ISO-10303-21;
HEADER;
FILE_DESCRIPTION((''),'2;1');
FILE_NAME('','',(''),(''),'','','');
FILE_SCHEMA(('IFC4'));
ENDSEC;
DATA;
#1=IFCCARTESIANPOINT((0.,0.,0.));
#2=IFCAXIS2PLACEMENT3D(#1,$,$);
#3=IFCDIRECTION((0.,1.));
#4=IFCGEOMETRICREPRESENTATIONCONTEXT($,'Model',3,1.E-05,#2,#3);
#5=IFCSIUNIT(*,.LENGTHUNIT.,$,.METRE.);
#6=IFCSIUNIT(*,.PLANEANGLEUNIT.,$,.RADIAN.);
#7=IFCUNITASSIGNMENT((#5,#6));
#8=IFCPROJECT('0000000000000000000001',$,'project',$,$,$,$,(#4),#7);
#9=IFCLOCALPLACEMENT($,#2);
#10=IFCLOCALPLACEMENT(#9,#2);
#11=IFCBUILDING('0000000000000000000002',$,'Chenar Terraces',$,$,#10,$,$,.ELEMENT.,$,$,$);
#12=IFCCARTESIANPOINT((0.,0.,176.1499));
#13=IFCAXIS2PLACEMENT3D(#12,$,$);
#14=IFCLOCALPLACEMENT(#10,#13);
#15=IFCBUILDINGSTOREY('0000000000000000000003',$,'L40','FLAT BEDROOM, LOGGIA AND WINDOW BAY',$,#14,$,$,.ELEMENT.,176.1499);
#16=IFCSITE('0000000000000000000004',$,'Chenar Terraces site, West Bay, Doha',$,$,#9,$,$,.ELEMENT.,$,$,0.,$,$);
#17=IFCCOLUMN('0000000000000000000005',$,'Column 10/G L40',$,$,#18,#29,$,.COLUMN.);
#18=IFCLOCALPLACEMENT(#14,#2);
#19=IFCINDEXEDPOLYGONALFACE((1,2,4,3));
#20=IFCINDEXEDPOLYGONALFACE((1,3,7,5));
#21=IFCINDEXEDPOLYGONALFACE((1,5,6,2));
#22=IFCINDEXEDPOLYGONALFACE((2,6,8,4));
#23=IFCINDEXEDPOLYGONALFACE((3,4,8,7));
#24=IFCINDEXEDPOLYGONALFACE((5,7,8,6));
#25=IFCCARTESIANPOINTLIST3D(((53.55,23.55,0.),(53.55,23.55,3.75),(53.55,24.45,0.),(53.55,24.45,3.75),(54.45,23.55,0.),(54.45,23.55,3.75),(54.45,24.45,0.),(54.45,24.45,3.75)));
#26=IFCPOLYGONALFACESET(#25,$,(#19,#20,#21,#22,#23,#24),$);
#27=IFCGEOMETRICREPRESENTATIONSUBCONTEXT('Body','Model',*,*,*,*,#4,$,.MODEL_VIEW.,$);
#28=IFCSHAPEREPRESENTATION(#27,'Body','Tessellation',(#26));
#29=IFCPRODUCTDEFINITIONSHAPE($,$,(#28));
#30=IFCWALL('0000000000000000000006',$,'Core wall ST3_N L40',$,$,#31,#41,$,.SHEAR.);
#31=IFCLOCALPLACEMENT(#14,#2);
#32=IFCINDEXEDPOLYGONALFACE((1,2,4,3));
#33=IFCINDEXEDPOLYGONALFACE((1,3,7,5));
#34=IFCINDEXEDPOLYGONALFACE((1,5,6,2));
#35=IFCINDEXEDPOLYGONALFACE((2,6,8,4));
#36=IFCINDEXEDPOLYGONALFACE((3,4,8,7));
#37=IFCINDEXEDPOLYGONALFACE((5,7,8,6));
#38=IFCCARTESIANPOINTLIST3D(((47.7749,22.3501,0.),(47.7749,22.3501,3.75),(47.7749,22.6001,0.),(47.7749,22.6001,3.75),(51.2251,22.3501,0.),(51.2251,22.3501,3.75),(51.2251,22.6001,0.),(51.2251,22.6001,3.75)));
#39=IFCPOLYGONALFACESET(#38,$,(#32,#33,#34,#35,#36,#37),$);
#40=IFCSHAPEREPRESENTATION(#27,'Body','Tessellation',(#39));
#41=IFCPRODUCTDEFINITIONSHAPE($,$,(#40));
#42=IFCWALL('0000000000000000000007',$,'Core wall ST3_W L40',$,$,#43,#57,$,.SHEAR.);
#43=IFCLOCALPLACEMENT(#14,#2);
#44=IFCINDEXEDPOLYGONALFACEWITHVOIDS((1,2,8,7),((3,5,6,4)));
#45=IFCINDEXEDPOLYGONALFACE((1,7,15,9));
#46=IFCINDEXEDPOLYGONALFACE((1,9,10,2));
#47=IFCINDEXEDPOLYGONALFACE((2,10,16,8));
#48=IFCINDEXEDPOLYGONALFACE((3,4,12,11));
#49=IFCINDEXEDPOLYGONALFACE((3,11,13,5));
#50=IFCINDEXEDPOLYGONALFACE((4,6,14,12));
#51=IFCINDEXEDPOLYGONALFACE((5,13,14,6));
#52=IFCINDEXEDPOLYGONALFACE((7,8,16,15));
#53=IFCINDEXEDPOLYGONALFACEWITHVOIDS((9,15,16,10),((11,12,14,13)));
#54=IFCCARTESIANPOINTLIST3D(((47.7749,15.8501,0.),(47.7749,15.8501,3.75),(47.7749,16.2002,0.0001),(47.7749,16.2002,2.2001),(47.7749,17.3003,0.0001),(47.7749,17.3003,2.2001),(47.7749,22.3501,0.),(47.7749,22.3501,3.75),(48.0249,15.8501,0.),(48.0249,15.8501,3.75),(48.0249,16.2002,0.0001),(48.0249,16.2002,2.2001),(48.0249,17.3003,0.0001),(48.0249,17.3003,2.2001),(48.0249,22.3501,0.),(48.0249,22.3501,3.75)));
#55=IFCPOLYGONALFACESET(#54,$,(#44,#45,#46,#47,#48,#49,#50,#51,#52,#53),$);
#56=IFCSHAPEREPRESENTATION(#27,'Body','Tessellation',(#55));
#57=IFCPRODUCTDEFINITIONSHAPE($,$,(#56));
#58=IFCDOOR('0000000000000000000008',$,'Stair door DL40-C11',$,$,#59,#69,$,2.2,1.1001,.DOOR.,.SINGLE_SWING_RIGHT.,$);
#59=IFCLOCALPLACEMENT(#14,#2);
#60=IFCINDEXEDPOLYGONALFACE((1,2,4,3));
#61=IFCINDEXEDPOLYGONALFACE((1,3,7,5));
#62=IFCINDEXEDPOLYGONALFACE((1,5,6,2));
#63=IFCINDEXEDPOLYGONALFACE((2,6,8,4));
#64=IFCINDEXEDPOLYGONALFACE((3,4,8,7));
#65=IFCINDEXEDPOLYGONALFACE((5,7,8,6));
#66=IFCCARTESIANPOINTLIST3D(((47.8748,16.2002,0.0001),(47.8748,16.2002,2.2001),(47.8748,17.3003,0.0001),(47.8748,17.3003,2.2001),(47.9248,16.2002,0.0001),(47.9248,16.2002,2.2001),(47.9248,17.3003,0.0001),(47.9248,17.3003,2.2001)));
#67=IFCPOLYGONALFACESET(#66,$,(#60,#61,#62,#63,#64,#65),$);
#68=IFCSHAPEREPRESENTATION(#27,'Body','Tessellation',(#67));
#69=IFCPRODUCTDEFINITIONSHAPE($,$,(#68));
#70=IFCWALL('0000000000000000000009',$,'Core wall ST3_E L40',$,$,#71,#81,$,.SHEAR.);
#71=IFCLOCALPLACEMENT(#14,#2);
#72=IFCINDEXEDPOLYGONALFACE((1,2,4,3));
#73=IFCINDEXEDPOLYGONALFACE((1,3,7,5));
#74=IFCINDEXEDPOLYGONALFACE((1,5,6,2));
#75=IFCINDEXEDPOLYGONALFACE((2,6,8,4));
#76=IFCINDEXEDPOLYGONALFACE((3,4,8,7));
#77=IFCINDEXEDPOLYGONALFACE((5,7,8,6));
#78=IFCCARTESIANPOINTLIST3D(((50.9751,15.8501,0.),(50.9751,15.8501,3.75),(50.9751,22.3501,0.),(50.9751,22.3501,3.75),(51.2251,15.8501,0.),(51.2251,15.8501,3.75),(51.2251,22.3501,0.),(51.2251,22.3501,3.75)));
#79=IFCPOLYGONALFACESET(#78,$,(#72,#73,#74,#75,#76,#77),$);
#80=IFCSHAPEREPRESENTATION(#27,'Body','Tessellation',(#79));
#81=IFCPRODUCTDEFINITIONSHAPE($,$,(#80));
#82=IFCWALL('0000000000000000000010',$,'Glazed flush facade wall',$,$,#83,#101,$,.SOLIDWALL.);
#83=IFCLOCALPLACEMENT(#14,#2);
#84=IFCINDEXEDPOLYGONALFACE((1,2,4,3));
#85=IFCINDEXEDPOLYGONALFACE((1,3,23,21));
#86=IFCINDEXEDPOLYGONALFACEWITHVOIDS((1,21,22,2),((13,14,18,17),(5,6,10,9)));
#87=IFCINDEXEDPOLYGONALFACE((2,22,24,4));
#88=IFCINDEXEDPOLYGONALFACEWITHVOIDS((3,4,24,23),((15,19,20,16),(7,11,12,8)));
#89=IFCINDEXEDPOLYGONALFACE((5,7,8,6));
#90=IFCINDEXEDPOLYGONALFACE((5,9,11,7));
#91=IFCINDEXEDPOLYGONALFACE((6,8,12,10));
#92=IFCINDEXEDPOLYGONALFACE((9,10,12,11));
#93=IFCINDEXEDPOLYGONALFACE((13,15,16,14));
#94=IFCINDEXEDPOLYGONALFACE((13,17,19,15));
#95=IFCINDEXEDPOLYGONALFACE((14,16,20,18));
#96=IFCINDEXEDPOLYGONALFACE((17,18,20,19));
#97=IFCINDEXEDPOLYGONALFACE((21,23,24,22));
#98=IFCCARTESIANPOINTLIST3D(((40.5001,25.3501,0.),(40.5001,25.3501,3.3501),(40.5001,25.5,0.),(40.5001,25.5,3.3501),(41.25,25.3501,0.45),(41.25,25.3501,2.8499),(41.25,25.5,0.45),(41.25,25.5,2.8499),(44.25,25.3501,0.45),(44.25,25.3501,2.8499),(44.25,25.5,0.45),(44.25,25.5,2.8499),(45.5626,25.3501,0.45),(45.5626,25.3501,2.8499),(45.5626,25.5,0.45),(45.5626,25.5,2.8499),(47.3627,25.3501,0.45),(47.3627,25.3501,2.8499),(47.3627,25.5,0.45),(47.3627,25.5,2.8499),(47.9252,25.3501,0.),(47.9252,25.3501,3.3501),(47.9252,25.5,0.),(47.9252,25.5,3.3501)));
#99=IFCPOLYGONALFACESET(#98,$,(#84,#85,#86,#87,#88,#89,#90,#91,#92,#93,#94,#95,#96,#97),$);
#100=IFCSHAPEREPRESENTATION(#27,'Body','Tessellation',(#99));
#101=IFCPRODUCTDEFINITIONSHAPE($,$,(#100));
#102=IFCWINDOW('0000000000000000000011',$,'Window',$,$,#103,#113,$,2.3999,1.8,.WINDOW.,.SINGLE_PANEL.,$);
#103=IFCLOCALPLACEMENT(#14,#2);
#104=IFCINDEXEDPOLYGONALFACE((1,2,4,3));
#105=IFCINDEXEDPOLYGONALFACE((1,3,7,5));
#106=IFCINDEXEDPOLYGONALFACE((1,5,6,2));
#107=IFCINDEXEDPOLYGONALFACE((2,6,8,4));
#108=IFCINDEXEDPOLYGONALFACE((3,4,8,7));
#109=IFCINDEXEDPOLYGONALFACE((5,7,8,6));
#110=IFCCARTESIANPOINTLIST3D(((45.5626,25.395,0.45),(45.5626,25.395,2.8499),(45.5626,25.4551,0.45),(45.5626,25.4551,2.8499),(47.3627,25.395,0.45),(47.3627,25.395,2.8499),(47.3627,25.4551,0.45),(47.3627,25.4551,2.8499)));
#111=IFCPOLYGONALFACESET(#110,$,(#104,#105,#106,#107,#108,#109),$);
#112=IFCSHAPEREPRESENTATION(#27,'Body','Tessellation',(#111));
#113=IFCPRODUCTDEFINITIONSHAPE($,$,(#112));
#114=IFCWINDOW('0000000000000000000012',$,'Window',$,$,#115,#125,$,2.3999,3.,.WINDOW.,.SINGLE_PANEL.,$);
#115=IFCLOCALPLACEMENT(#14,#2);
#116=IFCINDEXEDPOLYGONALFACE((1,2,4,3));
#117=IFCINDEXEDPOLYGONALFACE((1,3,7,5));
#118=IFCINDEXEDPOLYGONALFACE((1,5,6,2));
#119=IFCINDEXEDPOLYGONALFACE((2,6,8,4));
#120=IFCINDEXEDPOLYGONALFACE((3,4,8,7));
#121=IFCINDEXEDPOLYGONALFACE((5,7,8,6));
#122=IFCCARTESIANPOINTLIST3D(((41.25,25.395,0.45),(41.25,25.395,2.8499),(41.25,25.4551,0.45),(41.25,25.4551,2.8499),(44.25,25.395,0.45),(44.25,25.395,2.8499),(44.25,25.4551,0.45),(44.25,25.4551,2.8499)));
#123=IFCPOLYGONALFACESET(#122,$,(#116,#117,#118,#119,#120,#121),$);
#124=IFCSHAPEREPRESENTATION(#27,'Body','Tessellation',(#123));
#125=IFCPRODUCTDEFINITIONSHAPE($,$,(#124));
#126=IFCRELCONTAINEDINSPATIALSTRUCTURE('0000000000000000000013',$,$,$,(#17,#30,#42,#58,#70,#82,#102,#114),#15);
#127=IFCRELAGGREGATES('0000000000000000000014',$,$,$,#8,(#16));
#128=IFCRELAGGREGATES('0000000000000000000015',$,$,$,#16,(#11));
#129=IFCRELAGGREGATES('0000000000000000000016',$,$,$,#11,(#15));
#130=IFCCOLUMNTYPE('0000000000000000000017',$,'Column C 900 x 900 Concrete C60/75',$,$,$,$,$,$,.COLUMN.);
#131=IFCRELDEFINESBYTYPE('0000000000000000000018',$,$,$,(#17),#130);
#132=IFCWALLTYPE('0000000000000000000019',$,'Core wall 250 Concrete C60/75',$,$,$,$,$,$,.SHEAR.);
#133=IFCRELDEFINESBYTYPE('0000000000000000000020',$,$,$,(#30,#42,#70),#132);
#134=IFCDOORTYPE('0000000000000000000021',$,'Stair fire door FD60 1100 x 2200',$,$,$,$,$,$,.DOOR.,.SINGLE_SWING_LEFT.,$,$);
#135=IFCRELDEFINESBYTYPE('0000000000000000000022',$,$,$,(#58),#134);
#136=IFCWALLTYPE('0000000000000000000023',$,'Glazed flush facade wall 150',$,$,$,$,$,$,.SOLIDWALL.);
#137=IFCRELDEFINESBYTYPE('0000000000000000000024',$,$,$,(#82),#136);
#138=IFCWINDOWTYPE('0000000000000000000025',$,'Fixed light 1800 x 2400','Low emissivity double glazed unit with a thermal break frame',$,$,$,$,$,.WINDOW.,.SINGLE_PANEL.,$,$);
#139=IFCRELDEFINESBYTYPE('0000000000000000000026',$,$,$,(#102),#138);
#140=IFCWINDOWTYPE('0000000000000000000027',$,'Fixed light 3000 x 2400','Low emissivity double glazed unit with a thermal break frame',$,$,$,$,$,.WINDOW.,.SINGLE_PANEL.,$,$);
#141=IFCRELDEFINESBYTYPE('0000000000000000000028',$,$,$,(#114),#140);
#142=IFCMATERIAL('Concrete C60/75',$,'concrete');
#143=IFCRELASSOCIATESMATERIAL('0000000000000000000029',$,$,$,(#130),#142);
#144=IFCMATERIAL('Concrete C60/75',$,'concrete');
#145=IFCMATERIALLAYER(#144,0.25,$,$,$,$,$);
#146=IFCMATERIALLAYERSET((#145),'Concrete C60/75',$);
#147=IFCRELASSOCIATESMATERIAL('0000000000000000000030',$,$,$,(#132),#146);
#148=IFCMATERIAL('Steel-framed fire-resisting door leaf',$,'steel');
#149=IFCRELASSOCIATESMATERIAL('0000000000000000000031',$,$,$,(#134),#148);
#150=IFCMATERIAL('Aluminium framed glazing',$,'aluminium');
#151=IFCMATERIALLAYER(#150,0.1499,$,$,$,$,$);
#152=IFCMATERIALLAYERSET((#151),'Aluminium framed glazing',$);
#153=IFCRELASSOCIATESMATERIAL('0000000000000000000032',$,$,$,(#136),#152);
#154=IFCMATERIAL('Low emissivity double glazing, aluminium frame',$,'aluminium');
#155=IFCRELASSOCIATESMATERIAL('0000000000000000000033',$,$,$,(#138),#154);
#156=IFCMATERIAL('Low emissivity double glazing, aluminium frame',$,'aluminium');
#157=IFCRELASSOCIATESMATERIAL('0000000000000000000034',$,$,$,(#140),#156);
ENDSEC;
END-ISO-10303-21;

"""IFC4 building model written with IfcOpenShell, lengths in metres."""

from ifc_helpers import new_model, si_unit, direction, frame, frame_2d, origin, origin_2d, place, context, subcontext, project, spatial, rectangle, extrude, material, layer, layer_set, material_profile, profile_set, type_object, element, fill, save


model = new_model("IFC4")

# Units and contexts
model_context = context("Model", 3, precision=1e-05, world=origin(), true_north=direction((0.0, 1.0)))
body_context = subcontext(model_context, "Body", "Model", "MODEL_VIEW")
ifc_project = project(units=[si_unit("LENGTHUNIT", "METRE"), si_unit("PLANEANGLEUNIT", "RADIAN")], contexts=[model_context])

# Site, building, storey
site_placement = place(None, origin())
site = spatial("IfcSite", under=ifc_project, at=site_placement, Name="Chenar Terraces site, West Bay, Doha", CompositionType="ELEMENT", RefElevation=0.0)
building_placement = place(site_placement, origin())
building = spatial("IfcBuilding", under=site, at=building_placement, Name="Chenar Terraces", CompositionType="ELEMENT")
storey_placement = place(building_placement, frame((0.0, 0.0, 176.1499)))
storey = spatial("IfcBuildingStorey", under=building, at=storey_placement, Name="L40", Description="FLAT BEDROOM, LOGGIA AND WINDOW BAY", CompositionType="ELEMENT", Elevation=176.1499)

# Column
ifc_material_1 = material(Name="Concrete C60/75", Category="concrete")
ifc_material_profile = material_profile(ifc_material_1, rectangle(XDim=0.8999, YDim=0.8999, at=origin_2d()), Name="C 900 x 900")
ifc_profile_set = profile_set([ifc_material_profile], Name="Concrete C60/75")
column_type = type_object("IfcColumnType", Name="Column C 900 x 900 Concrete C60/75", PredefinedType="COLUMN", material=ifc_profile_set)
column_placement = place(storey_placement, frame((54.0, 24.0, 0.0), z_axis=(0.0, 0.0, 1.0), x_axis=(1.0, 0.0, 0.0)))
element("IfcColumn", 1, at=column_placement, inside=storey, type_object=column_type, Name="Column 10/G L40", PredefinedType="COLUMN", context=body_context, shape_type="SweptSolid", body=[
    extrude(rectangle(XDim=0.8999, YDim=0.8999, at=origin_2d()), origin(), (0.0, 0.0, 1.0), 3.75),
])

# Wall
ifc_material_2 = material(Name="Concrete C60/75", Category="concrete")
ifc_layer_1 = layer(ifc_material_2, 0.25)
ifc_layer_set_1 = layer_set([ifc_layer_1], Name="Concrete C60/75")
wall_type_1 = type_object("IfcWallType", Name="Core wall 250 Concrete C60/75", PredefinedType="SHEAR", material=ifc_layer_set_1)
wall_1_placement = place(storey_placement, frame((47.7749, 22.4751, 0.0), z_axis=(0.0, 0.0, 1.0), x_axis=(1.0, 0.0, 0.0)))
element("IfcWall", 2, at=wall_1_placement, inside=storey, type_object=wall_type_1, Name="Core wall ST3_N L40", PredefinedType="SHEAR", context=body_context, shape_type="SweptSolid", body=[
    extrude(rectangle(XDim=3.4502, YDim=0.25, at=frame_2d((1.7251, 0.0))), origin(), (0.0, 0.0, 1.0), 3.75),
])

# Wall, opening, door
wall_2_placement = place(storey_placement, frame((47.8999, 15.8501, 0.0), z_axis=(0.0, 0.0, 1.0), x_axis=(0.0, 1.0, 0.0)))
wall_2 = element("IfcWall", 3, at=wall_2_placement, inside=storey, type_object=wall_type_1, Name="Core wall ST3_W L40", PredefinedType="SHEAR", context=body_context, shape_type="SweptSolid", body=[
    extrude(rectangle(XDim=6.5, YDim=0.25, at=frame_2d((3.25, 0.0))), origin(), (0.0, 0.0, 1.0), 3.75),
])
opening_1_placement = place(wall_2_placement, frame((0.3501, 0.0, 0.0)))
opening_1 = element("IfcOpeningElement", 4, at=opening_1_placement, cuts=wall_2, PredefinedType="OPENING", context=body_context, shape_type="SweptSolid", body=[
    extrude(rectangle(XDim=1.1001, YDim=2.2, at=frame_2d((0.55, 1.1001))), frame((0.0, 0.135, 0.0), z_axis=(0.0, -1.0, 0.0), x_axis=(1.0, 0.0, 0.0)), (0.0, 0.0, 1.0), 0.27),
])
ifc_material_3 = material(Name="Steel-framed fire-resisting door leaf", Category="steel")
door_type_1 = type_object("IfcDoorType", Name="Stair fire door FD60 1100 x 2200", OperationType="SINGLE_SWING_LEFT", PredefinedType="DOOR", material=ifc_material_3)
door_1_placement = place(opening_1_placement, frame((1.1001, 0.0, 0.0), z_axis=(0.0, 0.0, 1.0), x_axis=(-1.0, 0.0, 0.0)))
door_1 = element("IfcDoor", 5, at=door_1_placement, inside=storey, type_object=door_type_1, Name="Stair door DL40-C11", OperationType="SINGLE_SWING_RIGHT", OverallHeight=2.2, OverallWidth=1.1001, PredefinedType="DOOR", context=body_context, shape_type="SweptSolid", body=[
    extrude(rectangle(XDim=1.1001, YDim=2.2, at=frame_2d((0.55, 1.1001))), frame((0.0, 0.0249, 0.0), z_axis=(0.0, -1.0, 0.0), x_axis=(1.0, 0.0, 0.0)), (0.0, 0.0, 1.0), 0.05),
])
fill(opening_1, door_1)

# Wall
wall_3_placement = place(storey_placement, frame((51.1001, 15.8501, 0.0), z_axis=(0.0, 0.0, 1.0), x_axis=(0.0, 1.0, 0.0)))
element("IfcWall", 6, at=wall_3_placement, inside=storey, type_object=wall_type_1, Name="Core wall ST3_E L40", PredefinedType="SHEAR", context=body_context, shape_type="SweptSolid", body=[
    extrude(rectangle(XDim=6.5, YDim=0.25, at=frame_2d((3.25, 0.0))), origin(), (0.0, 0.0, 1.0), 3.75),
])

# Wall, openings, windows
ifc_material_4 = material(Name="Aluminium framed glazing", Category="aluminium")
ifc_layer_2 = layer(ifc_material_4, 0.1499)
ifc_layer_set_2 = layer_set([ifc_layer_2], Name="Aluminium framed glazing")
wall_type_2 = type_object("IfcWallType", Name="Glazed flush facade wall 150", PredefinedType="SOLIDWALL", material=ifc_layer_set_2)
wall_4_placement = place(storey_placement, frame((47.925, 25.425, 0.0), z_axis=(0.0, 0.0, 1.0), x_axis=(-1.0, 0.0, 0.0)))
wall_4 = element("IfcWall", 7, at=wall_4_placement, inside=storey, type_object=wall_type_2, Name="Glazed flush facade wall", PredefinedType="SOLIDWALL", context=body_context, shape_type="SweptSolid", body=[
    extrude(rectangle(XDim=7.425, YDim=0.1499, at=frame_2d((3.7124, 0.0))), origin(), (0.0, 0.0, 1.0), 3.3501),
])
opening_2_placement = place(wall_4_placement, frame((0.5625, 0.0, 0.45)))
opening_2 = element("IfcOpeningElement", 8, at=opening_2_placement, cuts=wall_4, PredefinedType="OPENING", context=body_context, shape_type="SweptSolid", body=[
    extrude(rectangle(XDim=1.8, YDim=2.3999, at=frame_2d((0.8999, 1.2))), frame((0.0, 0.085, 0.0), z_axis=(0.0, -1.0, 0.0), x_axis=(1.0, 0.0, 0.0)), (0.0, 0.0, 1.0), 0.1699),
])
opening_3_placement = place(wall_4_placement, frame((3.675, 0.0, 0.45)))
opening_3 = element("IfcOpeningElement", 9, at=opening_3_placement, cuts=wall_4, PredefinedType="OPENING", context=body_context, shape_type="SweptSolid", body=[
    extrude(rectangle(XDim=3.0, YDim=2.3999, at=frame_2d((1.5, 1.2))), frame((0.0, 0.085, 0.0), z_axis=(0.0, -1.0, 0.0), x_axis=(1.0, 0.0, 0.0)), (0.0, 0.0, 1.0), 0.1699),
])
ifc_material_5 = material(Name="Low emissivity double glazing, aluminium frame", Category="aluminium")
window_type_1 = type_object("IfcWindowType", Name="Fixed light 1800 x 2400", Description="Low emissivity double glazed unit with a thermal break frame", PartitioningType="SINGLE_PANEL", PredefinedType="WINDOW", material=ifc_material_5)
window_1_placement = place(opening_2_placement, origin())
window_1 = element("IfcWindow", 10, at=window_1_placement, inside=storey, type_object=window_type_1, Name="Window", OverallHeight=2.3999, OverallWidth=1.8, PartitioningType="SINGLE_PANEL", PredefinedType="WINDOW", context=body_context, shape_type="SweptSolid", body=[
    extrude(rectangle(XDim=1.8, YDim=2.3999, at=frame_2d((0.8999, 1.2))), frame((0.0, 0.03, 0.0), z_axis=(0.0, -1.0, 0.0), x_axis=(1.0, 0.0, 0.0)), (0.0, 0.0, 1.0), 0.0601),
])
fill(opening_2, window_1)
ifc_material_6 = material(Name="Low emissivity double glazing, aluminium frame", Category="aluminium")
window_type_2 = type_object("IfcWindowType", Name="Fixed light 3000 x 2400", Description="Low emissivity double glazed unit with a thermal break frame", PartitioningType="SINGLE_PANEL", PredefinedType="WINDOW", material=ifc_material_6)
window_2_placement = place(opening_3_placement, origin())
window_2 = element("IfcWindow", 11, at=window_2_placement, inside=storey, type_object=window_type_2, Name="Window", OverallHeight=2.3999, OverallWidth=3.0, PartitioningType="SINGLE_PANEL", PredefinedType="WINDOW", context=body_context, shape_type="SweptSolid", body=[
    extrude(rectangle(XDim=3.0, YDim=2.3999, at=frame_2d((1.5, 1.2))), frame((0.0, 0.03, 0.0), z_axis=(0.0, -1.0, 0.0), x_axis=(1.0, 0.0, 0.0)), (0.0, 0.0, 1.0), 0.0601),
])
fill(opening_3, window_2)

save(model, "model.ifc")
